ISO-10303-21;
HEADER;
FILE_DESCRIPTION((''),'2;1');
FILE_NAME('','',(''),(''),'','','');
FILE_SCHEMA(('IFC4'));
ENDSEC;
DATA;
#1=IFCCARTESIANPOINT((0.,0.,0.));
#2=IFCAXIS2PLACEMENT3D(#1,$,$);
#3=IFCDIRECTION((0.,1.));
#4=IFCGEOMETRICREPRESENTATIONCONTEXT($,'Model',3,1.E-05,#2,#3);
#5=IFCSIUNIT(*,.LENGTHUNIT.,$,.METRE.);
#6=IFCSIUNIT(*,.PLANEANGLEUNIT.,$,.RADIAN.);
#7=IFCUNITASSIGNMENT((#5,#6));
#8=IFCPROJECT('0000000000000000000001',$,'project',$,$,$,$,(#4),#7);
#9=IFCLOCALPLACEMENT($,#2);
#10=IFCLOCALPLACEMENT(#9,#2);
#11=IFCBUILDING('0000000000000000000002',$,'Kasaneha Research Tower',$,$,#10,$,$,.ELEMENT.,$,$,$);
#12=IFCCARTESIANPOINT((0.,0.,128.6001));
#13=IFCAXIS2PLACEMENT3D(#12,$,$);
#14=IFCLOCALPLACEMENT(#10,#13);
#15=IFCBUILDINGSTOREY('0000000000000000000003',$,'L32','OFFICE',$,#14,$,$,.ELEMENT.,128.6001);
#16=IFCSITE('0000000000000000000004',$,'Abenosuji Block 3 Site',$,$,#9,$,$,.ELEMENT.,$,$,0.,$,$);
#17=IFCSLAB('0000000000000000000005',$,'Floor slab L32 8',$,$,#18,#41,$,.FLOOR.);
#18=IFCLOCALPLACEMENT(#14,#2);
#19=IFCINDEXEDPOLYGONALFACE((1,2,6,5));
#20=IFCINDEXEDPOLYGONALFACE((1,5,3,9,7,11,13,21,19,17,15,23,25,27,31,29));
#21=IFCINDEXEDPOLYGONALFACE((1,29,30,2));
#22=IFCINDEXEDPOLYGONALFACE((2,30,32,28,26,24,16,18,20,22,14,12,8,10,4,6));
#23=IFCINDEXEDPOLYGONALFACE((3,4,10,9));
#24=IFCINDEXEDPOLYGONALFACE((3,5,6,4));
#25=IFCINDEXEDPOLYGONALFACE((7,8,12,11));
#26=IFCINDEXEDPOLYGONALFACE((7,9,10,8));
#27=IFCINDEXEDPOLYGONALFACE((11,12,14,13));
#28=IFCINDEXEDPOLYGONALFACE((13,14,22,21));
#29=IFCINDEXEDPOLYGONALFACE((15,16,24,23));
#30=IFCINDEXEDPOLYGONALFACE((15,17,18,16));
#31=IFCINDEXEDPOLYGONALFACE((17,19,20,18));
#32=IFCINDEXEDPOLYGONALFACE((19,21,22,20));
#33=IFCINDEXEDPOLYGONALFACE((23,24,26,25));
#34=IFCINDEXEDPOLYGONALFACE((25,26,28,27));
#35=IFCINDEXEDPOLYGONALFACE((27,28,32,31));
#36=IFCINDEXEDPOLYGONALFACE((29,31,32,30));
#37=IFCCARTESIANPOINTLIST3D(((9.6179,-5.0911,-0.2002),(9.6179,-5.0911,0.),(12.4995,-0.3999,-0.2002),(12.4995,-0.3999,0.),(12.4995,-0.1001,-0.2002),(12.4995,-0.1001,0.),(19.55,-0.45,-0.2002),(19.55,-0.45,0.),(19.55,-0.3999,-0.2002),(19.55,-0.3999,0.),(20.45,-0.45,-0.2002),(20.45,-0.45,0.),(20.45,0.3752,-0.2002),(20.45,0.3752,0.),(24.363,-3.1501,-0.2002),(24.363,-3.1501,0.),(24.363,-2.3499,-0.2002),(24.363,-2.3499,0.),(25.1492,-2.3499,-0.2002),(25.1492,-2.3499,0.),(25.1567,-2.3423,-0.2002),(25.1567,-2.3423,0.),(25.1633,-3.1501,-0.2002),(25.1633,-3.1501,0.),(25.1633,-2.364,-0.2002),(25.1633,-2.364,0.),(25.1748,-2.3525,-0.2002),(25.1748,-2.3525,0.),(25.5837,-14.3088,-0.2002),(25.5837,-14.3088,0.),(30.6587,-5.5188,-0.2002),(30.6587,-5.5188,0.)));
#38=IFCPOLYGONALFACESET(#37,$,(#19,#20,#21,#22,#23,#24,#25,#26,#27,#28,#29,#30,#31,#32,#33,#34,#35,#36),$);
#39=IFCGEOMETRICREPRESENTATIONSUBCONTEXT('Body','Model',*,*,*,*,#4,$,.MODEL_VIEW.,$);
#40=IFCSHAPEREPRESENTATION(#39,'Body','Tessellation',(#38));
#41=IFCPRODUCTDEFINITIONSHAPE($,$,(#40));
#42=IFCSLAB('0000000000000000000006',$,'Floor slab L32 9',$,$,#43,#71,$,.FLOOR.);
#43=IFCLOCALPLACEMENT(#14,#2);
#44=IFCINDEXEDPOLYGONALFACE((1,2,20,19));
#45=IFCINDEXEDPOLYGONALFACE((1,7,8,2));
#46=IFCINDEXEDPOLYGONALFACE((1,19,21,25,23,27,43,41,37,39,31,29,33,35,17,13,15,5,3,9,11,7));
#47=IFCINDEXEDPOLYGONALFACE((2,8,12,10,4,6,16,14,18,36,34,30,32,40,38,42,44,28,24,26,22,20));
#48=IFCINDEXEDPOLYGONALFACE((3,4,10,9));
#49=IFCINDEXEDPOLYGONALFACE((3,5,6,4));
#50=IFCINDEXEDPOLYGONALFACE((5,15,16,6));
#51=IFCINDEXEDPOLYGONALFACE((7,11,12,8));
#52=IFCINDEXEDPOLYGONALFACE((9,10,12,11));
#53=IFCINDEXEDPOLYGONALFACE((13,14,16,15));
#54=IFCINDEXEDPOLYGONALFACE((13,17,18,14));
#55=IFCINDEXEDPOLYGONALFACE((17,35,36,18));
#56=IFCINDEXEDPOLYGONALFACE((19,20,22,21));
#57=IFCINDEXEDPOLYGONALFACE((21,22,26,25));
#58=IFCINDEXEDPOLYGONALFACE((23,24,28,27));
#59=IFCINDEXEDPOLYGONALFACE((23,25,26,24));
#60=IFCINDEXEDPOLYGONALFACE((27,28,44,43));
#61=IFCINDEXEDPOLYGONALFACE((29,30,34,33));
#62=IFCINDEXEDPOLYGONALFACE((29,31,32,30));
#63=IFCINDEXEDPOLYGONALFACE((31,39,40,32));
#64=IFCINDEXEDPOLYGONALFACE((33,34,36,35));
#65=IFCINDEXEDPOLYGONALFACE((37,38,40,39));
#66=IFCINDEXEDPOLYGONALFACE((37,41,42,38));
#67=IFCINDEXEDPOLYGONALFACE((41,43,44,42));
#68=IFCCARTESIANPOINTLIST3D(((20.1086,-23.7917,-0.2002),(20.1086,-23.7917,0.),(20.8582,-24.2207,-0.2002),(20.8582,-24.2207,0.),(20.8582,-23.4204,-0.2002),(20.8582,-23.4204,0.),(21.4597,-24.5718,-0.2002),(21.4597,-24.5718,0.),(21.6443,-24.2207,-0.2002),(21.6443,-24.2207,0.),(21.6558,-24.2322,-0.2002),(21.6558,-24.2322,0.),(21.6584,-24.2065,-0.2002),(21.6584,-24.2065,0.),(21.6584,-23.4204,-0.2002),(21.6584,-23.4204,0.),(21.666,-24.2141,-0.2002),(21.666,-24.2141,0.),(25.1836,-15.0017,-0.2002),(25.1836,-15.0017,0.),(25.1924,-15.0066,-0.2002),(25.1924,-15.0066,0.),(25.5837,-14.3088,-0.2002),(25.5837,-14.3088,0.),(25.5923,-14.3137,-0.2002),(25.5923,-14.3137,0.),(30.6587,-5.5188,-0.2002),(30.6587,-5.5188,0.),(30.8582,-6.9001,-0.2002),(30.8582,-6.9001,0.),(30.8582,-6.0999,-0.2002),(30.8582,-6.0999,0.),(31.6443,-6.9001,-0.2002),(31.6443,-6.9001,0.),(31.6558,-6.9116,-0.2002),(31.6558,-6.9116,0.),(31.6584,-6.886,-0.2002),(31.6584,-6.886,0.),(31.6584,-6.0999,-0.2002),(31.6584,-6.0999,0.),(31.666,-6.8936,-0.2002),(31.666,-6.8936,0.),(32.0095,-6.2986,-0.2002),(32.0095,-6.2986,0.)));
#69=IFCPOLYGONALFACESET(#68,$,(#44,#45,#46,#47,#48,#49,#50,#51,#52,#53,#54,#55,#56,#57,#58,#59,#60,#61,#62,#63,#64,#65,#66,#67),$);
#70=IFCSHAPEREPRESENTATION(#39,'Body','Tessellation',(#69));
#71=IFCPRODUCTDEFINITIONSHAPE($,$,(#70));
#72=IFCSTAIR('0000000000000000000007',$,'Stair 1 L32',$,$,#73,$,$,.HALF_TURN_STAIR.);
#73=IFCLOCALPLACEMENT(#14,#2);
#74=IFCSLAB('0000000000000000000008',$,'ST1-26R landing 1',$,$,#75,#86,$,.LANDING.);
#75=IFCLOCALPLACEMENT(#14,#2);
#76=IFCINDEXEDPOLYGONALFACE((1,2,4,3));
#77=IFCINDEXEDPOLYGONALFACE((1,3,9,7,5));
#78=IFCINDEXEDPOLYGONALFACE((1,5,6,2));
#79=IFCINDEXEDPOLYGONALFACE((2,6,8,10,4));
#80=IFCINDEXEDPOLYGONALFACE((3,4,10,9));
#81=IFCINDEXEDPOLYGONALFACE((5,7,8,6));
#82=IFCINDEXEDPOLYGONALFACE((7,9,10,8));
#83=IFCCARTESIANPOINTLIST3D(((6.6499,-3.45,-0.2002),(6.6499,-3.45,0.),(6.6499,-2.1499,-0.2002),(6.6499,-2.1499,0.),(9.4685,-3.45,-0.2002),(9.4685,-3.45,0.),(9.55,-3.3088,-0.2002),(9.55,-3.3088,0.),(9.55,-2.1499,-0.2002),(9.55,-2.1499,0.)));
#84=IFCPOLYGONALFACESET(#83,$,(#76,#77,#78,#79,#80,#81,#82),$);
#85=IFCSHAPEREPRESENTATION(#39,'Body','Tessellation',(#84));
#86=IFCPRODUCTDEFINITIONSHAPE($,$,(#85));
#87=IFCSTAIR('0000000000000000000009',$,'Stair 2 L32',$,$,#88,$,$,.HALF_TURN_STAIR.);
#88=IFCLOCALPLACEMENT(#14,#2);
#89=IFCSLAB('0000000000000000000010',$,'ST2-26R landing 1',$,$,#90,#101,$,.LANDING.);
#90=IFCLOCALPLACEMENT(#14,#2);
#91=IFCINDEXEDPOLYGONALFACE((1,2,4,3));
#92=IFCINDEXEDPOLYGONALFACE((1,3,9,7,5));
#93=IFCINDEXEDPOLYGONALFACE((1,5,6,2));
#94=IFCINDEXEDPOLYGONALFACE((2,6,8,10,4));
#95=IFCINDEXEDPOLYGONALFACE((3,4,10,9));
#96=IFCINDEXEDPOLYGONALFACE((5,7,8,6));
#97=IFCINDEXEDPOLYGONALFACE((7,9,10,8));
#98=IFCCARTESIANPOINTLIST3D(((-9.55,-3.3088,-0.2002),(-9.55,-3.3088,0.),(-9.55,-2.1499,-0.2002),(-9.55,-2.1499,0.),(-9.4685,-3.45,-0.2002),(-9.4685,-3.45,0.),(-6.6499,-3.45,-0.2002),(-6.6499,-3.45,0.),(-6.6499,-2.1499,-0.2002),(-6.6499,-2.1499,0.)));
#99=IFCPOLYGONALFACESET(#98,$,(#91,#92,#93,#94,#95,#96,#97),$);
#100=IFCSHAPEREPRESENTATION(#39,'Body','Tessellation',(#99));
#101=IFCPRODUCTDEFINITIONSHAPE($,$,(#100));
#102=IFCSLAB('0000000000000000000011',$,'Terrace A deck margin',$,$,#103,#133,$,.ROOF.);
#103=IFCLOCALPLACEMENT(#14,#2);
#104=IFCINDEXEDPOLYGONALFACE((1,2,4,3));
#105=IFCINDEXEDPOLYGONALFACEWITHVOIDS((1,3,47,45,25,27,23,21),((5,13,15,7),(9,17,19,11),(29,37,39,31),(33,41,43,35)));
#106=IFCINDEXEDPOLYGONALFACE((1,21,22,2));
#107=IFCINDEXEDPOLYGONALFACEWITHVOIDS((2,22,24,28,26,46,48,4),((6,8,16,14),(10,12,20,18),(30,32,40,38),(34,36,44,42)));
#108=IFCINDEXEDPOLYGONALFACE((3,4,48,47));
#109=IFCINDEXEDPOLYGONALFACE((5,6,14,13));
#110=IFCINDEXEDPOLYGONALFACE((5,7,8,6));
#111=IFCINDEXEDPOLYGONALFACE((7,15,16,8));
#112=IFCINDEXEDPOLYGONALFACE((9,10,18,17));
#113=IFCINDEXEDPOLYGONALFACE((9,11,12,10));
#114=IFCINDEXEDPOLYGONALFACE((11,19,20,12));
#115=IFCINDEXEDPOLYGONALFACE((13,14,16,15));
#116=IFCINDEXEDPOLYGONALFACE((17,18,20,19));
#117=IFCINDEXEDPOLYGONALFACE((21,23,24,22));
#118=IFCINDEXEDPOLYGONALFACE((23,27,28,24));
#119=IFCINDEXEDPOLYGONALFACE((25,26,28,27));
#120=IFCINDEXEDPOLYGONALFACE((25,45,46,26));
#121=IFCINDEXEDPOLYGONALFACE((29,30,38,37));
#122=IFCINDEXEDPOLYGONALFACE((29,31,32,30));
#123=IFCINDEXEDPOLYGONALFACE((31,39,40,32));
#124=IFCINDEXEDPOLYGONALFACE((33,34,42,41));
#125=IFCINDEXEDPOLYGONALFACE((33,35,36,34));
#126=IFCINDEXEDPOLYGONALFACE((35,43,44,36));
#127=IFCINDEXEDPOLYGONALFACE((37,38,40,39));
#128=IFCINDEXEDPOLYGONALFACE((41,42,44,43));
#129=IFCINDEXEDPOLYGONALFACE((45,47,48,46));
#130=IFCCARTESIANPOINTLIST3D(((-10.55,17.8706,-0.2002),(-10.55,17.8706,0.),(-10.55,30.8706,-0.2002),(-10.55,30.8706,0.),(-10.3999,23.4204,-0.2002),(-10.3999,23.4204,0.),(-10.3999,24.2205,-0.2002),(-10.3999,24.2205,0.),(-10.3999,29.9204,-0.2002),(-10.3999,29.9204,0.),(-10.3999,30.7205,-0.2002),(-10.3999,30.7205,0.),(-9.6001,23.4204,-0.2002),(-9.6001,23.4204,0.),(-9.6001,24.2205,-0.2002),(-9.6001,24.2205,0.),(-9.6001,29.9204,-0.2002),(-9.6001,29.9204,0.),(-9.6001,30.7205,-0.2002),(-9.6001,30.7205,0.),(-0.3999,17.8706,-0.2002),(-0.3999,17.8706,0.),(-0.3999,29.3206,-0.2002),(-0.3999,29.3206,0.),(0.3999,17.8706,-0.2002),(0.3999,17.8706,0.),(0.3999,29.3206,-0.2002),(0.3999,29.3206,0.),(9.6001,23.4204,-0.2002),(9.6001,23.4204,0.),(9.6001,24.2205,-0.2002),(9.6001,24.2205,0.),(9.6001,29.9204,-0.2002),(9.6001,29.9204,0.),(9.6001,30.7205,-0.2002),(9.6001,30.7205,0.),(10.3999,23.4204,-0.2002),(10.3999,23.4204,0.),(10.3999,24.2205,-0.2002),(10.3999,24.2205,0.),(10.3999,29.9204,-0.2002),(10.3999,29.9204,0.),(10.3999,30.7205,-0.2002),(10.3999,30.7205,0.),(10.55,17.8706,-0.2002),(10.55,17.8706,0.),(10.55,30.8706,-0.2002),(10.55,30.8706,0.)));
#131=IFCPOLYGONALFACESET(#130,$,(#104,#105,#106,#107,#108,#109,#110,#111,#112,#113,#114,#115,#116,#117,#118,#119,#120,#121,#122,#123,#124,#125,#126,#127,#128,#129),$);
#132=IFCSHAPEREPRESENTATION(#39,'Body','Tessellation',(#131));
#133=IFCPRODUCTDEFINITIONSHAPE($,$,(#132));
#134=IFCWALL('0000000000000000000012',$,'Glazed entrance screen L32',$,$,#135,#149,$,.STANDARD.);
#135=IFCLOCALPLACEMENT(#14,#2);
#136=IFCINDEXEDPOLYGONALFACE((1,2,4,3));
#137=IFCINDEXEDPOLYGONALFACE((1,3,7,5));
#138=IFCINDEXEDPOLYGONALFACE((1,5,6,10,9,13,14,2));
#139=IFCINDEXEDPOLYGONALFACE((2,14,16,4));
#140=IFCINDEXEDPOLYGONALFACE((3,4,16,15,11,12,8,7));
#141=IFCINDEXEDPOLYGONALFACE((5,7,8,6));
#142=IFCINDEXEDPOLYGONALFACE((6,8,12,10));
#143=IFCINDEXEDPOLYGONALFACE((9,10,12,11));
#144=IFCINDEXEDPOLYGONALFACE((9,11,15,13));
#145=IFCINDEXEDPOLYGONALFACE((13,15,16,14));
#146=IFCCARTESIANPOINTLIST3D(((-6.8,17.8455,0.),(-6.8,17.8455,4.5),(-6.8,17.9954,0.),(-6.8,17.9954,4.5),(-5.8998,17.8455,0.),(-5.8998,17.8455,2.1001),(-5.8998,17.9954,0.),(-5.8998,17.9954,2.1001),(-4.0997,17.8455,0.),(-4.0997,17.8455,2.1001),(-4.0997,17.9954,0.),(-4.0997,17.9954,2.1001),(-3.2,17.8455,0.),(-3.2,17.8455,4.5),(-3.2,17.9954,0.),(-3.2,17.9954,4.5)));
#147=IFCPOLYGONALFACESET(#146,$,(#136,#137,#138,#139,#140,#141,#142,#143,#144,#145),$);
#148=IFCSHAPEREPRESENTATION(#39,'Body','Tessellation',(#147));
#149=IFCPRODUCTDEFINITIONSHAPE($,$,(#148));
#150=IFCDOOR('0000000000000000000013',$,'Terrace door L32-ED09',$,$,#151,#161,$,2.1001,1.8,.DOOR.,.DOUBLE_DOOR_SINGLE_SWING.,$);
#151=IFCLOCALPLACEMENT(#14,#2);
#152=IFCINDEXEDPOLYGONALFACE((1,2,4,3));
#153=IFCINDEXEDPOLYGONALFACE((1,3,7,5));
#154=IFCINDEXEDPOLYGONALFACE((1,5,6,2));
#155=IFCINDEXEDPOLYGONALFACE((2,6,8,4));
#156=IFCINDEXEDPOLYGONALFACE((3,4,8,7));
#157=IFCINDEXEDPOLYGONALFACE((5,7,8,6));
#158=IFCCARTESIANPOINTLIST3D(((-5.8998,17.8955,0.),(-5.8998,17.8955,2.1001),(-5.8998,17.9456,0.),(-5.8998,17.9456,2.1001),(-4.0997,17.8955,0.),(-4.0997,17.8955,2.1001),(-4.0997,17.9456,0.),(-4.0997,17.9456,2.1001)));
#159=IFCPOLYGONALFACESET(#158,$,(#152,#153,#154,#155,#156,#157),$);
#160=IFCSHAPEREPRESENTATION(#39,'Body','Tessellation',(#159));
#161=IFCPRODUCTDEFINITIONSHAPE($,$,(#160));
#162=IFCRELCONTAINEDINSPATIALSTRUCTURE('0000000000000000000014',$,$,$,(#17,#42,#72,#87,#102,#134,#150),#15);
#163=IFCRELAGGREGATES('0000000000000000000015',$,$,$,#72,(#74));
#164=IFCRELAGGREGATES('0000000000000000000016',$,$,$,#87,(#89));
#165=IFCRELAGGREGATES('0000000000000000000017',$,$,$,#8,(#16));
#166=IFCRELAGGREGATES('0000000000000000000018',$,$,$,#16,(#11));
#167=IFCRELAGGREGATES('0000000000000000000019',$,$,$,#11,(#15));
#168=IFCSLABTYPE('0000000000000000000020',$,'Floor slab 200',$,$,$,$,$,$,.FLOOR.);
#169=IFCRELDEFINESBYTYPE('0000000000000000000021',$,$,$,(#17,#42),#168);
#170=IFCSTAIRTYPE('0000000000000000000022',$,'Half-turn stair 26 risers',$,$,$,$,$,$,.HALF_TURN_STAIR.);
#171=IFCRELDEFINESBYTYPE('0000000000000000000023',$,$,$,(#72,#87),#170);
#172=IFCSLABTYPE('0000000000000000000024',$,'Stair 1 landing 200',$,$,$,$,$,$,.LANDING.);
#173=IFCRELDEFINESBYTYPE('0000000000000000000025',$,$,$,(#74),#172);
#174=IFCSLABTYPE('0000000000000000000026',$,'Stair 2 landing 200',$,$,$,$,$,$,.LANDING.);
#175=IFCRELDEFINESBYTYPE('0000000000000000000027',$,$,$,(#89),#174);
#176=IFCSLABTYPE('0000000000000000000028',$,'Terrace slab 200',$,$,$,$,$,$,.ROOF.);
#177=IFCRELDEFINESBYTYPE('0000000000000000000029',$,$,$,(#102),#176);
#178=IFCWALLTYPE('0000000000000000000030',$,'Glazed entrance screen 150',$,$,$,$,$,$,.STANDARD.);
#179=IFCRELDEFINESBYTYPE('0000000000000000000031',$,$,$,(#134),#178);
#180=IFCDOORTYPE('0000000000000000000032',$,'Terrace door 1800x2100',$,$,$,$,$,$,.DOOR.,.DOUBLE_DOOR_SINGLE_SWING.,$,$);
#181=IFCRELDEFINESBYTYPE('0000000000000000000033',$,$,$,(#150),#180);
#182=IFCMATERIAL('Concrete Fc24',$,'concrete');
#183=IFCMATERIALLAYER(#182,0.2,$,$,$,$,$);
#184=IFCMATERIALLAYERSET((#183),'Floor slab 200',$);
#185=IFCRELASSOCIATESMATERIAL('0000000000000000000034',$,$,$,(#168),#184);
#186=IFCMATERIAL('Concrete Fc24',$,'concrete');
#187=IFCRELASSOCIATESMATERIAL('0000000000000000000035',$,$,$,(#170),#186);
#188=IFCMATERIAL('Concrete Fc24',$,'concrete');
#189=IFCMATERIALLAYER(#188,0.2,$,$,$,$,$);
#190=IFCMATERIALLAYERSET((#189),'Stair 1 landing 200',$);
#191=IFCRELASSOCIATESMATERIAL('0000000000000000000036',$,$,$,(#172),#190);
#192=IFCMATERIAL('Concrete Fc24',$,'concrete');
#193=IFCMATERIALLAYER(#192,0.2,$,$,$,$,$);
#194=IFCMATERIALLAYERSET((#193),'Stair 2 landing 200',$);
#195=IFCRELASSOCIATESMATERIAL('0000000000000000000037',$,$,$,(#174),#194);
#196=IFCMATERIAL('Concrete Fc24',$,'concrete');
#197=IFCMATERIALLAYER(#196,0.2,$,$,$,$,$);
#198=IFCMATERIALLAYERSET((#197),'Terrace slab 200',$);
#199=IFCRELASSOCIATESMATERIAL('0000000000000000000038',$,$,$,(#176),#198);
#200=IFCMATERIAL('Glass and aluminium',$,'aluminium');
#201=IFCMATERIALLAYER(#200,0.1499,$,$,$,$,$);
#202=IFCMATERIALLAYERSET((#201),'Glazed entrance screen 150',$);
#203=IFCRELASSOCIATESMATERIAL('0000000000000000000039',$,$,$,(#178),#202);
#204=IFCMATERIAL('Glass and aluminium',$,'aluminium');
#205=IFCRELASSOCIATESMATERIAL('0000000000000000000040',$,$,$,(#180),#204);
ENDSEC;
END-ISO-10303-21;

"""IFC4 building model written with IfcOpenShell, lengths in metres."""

from ifc_helpers import new_model, si_unit, direction, frame, frame_2d, origin, place, context, subcontext, project, spatial, polyline, rectangle, outline, extrude, material, layer, layer_set, type_object, element, fill, aggregate, save


model = new_model("IFC4")

# Units and contexts
model_context = context("Model", 3, precision=1e-05, world=origin(), true_north=direction((0.0, 1.0)))
body_context = subcontext(model_context, "Body", "Model", "MODEL_VIEW")
ifc_project = project(units=[si_unit("LENGTHUNIT", "METRE"), si_unit("PLANEANGLEUNIT", "RADIAN")], contexts=[model_context])

# Site, building, storey
site_placement = place(None, origin())
site = spatial("IfcSite", under=ifc_project, at=site_placement, Name="Abenosuji Block 3 Site", CompositionType="ELEMENT", RefElevation=0.0)
building_placement = place(site_placement, origin())
building = spatial("IfcBuilding", under=site, at=building_placement, Name="Kasaneha Research Tower", CompositionType="ELEMENT")
storey_placement = place(building_placement, frame((0.0, 0.0, 128.6001)))
storey = spatial("IfcBuildingStorey", under=building, at=storey_placement, Name="L32", Description="OFFICE", CompositionType="ELEMENT", Elevation=128.6001)

# Slabs
ifc_material_1 = material(Name="Concrete Fc24", Category="concrete")
ifc_layer_1 = layer(ifc_material_1, 0.2)
ifc_layer_set_1 = layer_set([ifc_layer_1], Name="Floor slab 200")
slab_type_1 = type_object("IfcSlabType", Name="Floor slab 200", PredefinedType="FLOOR", material=ifc_layer_set_1)
slab_1_placement = place(storey_placement, frame((0.0, 0.0, -0.2002)))
element("IfcSlab", 1, at=slab_1_placement, inside=storey, type_object=slab_type_1, Name="Floor slab L32 8", PredefinedType="FLOOR", context=body_context, shape_type="SweptSolid", body=[
    extrude(outline(polyline([(9.6179, -5.0911), (12.4995, -0.1001), (12.4995, -0.3999), (19.55, -0.3999), (19.55, -0.45), (20.45, -0.45), (20.45, 0.3752), (25.1567, -2.3423), (25.1492, -2.3499), (24.363, -2.3499), (24.363, -3.1501), (25.1633, -3.1501), (25.1633, -2.364), (25.1748, -2.3525), (30.6587, -5.5188), (25.5837, -14.3088), (9.6179, -5.0911)])), origin(), (0.0, 0.0, 1.0), 0.2002),
])
slab_2_placement = place(storey_placement, frame((0.0, 0.0, -0.2002)))
element("IfcSlab", 2, at=slab_2_placement, inside=storey, type_object=slab_type_1, Name="Floor slab L32 9", PredefinedType="FLOOR", context=body_context, shape_type="SweptSolid", body=[
    extrude(outline(polyline([(25.1924, -15.0066), (25.5923, -14.3137), (25.5837, -14.3088), (30.6587, -5.5188), (32.0095, -6.2986), (31.666, -6.8936), (31.6584, -6.886), (31.6584, -6.0999), (30.8582, -6.0999), (30.8582, -6.9001), (31.6443, -6.9001), (31.6558, -6.9116), (21.666, -24.2141), (21.6584, -24.2065), (21.6584, -23.4204), (20.8582, -23.4204), (20.8582, -24.2207), (21.6443, -24.2207), (21.6558, -24.2322), (21.4597, -24.5718), (20.1086, -23.7917), (25.1836, -15.0017), (25.1924, -15.0066)])), origin(), (0.0, 0.0, 1.0), 0.2002),
])

# Stairs, slabs
ifc_material_2 = material(Name="Concrete Fc24", Category="concrete")
stair_type = type_object("IfcStairType", Name="Half-turn stair 26 risers", PredefinedType="HALF_TURN_STAIR", material=ifc_material_2)
stair_1_placement = place(storey_placement, origin())
stair_1 = element("IfcStair", 3, at=stair_1_placement, inside=storey, type_object=stair_type, Name="Stair 1 L32", PredefinedType="HALF_TURN_STAIR")
ifc_material_3 = material(Name="Concrete Fc24", Category="concrete")
ifc_layer_2 = layer(ifc_material_3, 0.2)
ifc_layer_set_2 = layer_set([ifc_layer_2], Name="Stair 1 landing 200")
slab_type_2 = type_object("IfcSlabType", Name="Stair 1 landing 200", PredefinedType="LANDING", material=ifc_layer_set_2)
slab_3_placement = place(storey_placement, frame((0.0, 0.0, -0.2002)))
slab_3 = element("IfcSlab", 4, at=slab_3_placement, type_object=slab_type_2, Name="ST1-26R landing 1", PredefinedType="LANDING", context=body_context, shape_type="SweptSolid", body=[
    extrude(outline(polyline([(9.4685, -3.45), (6.6499, -3.45), (6.6499, -2.1499), (9.55, -2.1499), (9.55, -3.3088), (9.4685, -3.45)])), origin(), (0.0, 0.0, 1.0), 0.2002),
])
aggregate(stair_1, [slab_3])
stair_2_placement = place(storey_placement, origin())
stair_2 = element("IfcStair", 5, at=stair_2_placement, inside=storey, type_object=stair_type, Name="Stair 2 L32", PredefinedType="HALF_TURN_STAIR")
ifc_material_4 = material(Name="Concrete Fc24", Category="concrete")
ifc_layer_3 = layer(ifc_material_4, 0.2)
ifc_layer_set_3 = layer_set([ifc_layer_3], Name="Stair 2 landing 200")
slab_type_3 = type_object("IfcSlabType", Name="Stair 2 landing 200", PredefinedType="LANDING", material=ifc_layer_set_3)
slab_4_placement = place(storey_placement, frame((0.0, 0.0, -0.2002)))
slab_4 = element("IfcSlab", 6, at=slab_4_placement, type_object=slab_type_3, Name="ST2-26R landing 1", PredefinedType="LANDING", context=body_context, shape_type="SweptSolid", body=[
    extrude(outline(polyline([(-6.6499, -3.45), (-9.4685, -3.45), (-9.55, -3.3088), (-9.55, -2.1499), (-6.6499, -2.1499), (-6.6499, -3.45)])), origin(), (0.0, 0.0, 1.0), 0.2002),
])
aggregate(stair_2, [slab_4])

# Slab
ifc_material_5 = material(Name="Concrete Fc24", Category="concrete")
ifc_layer_4 = layer(ifc_material_5, 0.2)
ifc_layer_set_4 = layer_set([ifc_layer_4], Name="Terrace slab 200")
slab_type_4 = type_object("IfcSlabType", Name="Terrace slab 200", PredefinedType="ROOF", material=ifc_layer_set_4)
slab_5_placement = place(storey_placement, frame((0.0, 0.0, -0.2002)))
element("IfcSlab", 7, at=slab_5_placement, inside=storey, type_object=slab_type_4, Name="Terrace A deck margin", PredefinedType="ROOF", context=body_context, shape_type="SweptSolid", body=[
    extrude(outline(polyline([(-10.55, 30.8706), (10.55, 30.8706), (10.55, 17.8706), (0.3999, 17.8706), (0.3999, 29.3206), (-0.3999, 29.3206), (-0.3999, 17.8706), (-10.55, 17.8706), (-10.55, 30.8706)]), holes=[polyline([(-9.6001, 23.4204), (-9.6001, 24.2205), (-10.3999, 24.2205), (-10.3999, 23.4204), (-9.6001, 23.4204)]), polyline([(-9.6001, 29.9204), (-9.6001, 30.7205), (-10.3999, 30.7205), (-10.3999, 29.9204), (-9.6001, 29.9204)]), polyline([(10.3999, 23.4204), (10.3999, 24.2205), (9.6001, 24.2205), (9.6001, 23.4204), (10.3999, 23.4204)]), polyline([(10.3999, 29.9204), (10.3999, 30.7205), (9.6001, 30.7205), (9.6001, 29.9204), (10.3999, 29.9204)])]), origin(), (0.0, 0.0, 1.0), 0.2002),
])

# Wall, opening, door
ifc_material_6 = material(Name="Glass and aluminium", Category="aluminium")
ifc_layer_5 = layer(ifc_material_6, 0.1499)
ifc_layer_set_5 = layer_set([ifc_layer_5], Name="Glazed entrance screen 150")
wall_type_1 = type_object("IfcWallType", Name="Glazed entrance screen 150", PredefinedType="STANDARD", material=ifc_layer_set_5)
wall_1_placement = place(storey_placement, frame((-3.2, 17.9204, 0.0), z_axis=(0.0, 0.0, 1.0), x_axis=(-1.0, 0.0, 0.0)))
wall_1 = element("IfcWall", 8, at=wall_1_placement, inside=storey, type_object=wall_type_1, Name="Glazed entrance screen L32", PredefinedType="STANDARD", context=body_context, shape_type="SweptSolid", body=[
    extrude(rectangle(XDim=3.6001, YDim=0.1499, at=frame_2d((1.8, 0.0))), origin(), (0.0, 0.0, 1.0), 4.5),
])
opening_1_placement = place(wall_1_placement, frame((0.8999, 0.0, 0.0)))
opening_1 = element("IfcOpeningElement", 9, at=opening_1_placement, cuts=wall_1, PredefinedType="OPENING", context=body_context, shape_type="SweptSolid", body=[
    extrude(rectangle(XDim=1.8, YDim=2.1001, at=frame_2d((0.8999, 1.05))), frame((0.0, 0.085, 0.0), z_axis=(0.0, -1.0, 0.0), x_axis=(1.0, 0.0, 0.0)), (0.0, 0.0, 1.0), 0.1699),
])
ifc_material_7 = material(Name="Glass and aluminium", Category="aluminium")
door_type_1 = type_object("IfcDoorType", Name="Terrace door 1800x2100", OperationType="DOUBLE_DOOR_SINGLE_SWING", PredefinedType="DOOR", material=ifc_material_7)
door_1_placement = place(opening_1_placement, origin())
door_1 = element("IfcDoor", 10, at=door_1_placement, inside=storey, type_object=door_type_1, Name="Terrace door L32-ED09", OperationType="DOUBLE_DOOR_SINGLE_SWING", OverallHeight=2.1001, OverallWidth=1.8, PredefinedType="DOOR", context=body_context, shape_type="SweptSolid", body=[
    extrude(rectangle(XDim=1.8, YDim=2.1001, at=frame_2d((0.8999, 1.05))), frame((0.0, 0.0249, 0.0), z_axis=(0.0, -1.0, 0.0), x_axis=(1.0, 0.0, 0.0)), (0.0, 0.0, 1.0), 0.05),
])
fill(opening_1, door_1)

save(model, "model.ifc")
